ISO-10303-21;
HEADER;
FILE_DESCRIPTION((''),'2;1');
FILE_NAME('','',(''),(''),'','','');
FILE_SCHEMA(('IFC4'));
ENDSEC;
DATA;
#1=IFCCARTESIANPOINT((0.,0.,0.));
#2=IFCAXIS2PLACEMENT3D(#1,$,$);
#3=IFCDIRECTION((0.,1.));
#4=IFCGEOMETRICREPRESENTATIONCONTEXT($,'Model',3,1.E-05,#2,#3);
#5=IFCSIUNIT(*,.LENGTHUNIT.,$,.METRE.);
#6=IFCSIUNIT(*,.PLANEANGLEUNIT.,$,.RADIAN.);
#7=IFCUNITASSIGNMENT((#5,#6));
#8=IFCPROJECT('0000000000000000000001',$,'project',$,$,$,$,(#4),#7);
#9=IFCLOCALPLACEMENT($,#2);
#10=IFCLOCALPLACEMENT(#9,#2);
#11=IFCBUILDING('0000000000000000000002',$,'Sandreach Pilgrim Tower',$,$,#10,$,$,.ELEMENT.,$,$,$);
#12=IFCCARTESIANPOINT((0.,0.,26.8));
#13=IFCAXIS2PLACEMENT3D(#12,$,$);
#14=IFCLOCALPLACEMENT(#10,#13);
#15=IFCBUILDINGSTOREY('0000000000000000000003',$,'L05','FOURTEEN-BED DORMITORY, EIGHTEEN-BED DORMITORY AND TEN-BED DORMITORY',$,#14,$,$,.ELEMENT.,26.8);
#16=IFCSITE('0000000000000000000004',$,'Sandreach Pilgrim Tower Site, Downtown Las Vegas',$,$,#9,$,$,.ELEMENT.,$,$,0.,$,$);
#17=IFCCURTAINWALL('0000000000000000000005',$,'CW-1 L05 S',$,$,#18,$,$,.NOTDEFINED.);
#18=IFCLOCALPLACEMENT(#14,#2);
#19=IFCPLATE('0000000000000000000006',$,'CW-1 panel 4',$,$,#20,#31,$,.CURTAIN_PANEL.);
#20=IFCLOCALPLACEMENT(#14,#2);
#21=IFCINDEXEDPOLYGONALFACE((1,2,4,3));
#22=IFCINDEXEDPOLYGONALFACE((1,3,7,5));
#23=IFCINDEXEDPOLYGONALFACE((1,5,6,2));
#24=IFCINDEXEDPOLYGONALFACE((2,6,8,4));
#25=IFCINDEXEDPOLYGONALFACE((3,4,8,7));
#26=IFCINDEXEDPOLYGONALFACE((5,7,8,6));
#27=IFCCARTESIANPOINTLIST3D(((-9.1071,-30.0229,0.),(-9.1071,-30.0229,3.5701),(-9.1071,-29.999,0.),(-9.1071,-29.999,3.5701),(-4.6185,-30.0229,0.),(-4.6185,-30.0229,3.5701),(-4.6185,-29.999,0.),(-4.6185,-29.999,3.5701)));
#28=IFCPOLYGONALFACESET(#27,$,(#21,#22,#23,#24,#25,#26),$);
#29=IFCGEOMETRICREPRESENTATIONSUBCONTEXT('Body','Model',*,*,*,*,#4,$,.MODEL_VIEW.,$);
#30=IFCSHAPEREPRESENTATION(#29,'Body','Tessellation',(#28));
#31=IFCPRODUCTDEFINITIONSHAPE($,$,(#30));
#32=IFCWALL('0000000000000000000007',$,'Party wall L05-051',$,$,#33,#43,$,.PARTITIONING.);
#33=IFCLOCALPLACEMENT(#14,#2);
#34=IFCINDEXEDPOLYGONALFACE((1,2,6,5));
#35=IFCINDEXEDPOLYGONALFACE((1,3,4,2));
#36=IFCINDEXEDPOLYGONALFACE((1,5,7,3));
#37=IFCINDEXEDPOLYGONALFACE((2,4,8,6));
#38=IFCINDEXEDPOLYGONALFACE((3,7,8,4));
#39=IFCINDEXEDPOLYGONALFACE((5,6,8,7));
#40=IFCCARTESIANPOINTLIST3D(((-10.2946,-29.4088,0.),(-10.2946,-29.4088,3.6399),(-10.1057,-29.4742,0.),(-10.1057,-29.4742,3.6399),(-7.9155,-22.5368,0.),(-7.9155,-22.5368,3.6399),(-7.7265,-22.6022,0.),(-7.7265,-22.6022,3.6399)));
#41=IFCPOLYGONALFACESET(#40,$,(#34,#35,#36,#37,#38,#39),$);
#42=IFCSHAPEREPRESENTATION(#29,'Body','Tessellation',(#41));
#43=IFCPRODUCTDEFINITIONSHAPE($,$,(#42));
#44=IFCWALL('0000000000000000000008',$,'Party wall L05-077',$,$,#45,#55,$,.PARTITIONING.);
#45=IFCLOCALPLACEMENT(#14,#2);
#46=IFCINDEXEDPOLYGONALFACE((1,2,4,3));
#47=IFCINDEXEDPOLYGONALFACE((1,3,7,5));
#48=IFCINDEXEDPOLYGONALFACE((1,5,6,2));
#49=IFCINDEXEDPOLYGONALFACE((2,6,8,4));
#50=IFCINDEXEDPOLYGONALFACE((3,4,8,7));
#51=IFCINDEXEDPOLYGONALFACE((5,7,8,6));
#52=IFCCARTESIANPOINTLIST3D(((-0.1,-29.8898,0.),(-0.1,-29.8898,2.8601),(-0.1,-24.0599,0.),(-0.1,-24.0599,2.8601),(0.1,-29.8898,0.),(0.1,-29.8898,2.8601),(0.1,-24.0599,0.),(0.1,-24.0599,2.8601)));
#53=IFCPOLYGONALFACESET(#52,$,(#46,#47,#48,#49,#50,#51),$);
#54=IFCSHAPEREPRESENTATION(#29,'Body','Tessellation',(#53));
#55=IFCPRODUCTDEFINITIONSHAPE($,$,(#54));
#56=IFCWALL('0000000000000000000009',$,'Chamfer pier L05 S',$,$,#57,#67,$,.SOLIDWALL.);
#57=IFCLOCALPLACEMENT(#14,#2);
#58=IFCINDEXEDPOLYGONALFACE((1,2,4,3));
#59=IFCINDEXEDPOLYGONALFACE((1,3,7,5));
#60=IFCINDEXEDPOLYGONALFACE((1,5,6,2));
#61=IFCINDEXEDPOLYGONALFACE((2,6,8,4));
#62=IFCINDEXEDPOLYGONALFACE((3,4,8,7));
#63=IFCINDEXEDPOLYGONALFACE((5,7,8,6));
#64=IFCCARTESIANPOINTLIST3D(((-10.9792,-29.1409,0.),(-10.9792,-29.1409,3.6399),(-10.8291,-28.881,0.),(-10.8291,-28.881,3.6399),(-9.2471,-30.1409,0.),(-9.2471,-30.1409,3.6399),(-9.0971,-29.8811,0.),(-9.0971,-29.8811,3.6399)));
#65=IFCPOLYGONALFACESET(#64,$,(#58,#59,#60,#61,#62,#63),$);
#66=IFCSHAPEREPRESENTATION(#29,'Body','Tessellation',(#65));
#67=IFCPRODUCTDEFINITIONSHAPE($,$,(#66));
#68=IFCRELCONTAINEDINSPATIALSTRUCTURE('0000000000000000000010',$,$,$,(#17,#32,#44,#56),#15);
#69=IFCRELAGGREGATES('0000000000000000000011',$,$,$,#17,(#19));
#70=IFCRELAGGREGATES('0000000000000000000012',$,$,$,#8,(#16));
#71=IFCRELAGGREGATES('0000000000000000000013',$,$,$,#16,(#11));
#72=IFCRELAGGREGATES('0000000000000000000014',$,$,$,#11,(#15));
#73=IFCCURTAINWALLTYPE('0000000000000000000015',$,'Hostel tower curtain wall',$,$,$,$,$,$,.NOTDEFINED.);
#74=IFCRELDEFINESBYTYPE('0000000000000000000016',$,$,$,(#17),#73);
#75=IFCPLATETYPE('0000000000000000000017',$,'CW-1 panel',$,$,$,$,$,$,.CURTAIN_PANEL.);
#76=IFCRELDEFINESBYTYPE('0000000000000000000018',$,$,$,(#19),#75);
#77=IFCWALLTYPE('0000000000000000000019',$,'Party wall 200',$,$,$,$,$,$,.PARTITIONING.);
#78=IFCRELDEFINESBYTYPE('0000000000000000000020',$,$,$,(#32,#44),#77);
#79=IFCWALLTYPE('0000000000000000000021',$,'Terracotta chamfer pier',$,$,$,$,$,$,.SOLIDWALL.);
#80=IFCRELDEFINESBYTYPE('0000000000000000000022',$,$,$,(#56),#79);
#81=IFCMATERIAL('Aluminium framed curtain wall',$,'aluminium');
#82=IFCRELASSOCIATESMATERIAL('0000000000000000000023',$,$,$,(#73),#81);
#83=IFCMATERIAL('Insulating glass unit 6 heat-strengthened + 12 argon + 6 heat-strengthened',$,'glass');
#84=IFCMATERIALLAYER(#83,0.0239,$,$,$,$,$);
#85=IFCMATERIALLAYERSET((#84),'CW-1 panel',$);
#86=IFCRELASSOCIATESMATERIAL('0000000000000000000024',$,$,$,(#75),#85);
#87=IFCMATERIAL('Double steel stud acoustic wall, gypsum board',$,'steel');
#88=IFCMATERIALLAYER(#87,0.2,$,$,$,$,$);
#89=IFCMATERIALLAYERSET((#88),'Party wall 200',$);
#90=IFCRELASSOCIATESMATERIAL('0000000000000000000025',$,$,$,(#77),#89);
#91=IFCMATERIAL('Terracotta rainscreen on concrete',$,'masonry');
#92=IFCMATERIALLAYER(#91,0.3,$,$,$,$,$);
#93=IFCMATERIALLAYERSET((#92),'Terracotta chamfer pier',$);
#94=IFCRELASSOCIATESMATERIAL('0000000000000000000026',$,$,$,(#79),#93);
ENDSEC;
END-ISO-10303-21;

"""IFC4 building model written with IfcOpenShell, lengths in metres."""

from ifc_helpers import new_model, si_unit, direction, frame, frame_2d, origin, origin_2d, place, context, subcontext, project, spatial, rectangle, extrude, material, layer, layer_set, type_object, element, aggregate, save


model = new_model("IFC4")

# Units and contexts
model_context = context("Model", 3, precision=1e-05, world=origin(), true_north=direction((0.0, 1.0)))
body_context = subcontext(model_context, "Body", "Model", "MODEL_VIEW")
ifc_project = project(units=[si_unit("LENGTHUNIT", "METRE"), si_unit("PLANEANGLEUNIT", "RADIAN")], contexts=[model_context])

# Site, building, storey
site_placement = place(None, origin())
site = spatial("IfcSite", under=ifc_project, at=site_placement, Name="Sandreach Pilgrim Tower Site, Downtown Las Vegas", CompositionType="ELEMENT", RefElevation=0.0)
building_placement = place(site_placement, origin())
building = spatial("IfcBuilding", under=site, at=building_placement, Name="Sandreach Pilgrim Tower", CompositionType="ELEMENT")
storey_placement = place(building_placement, frame((0.0, 0.0, 26.8)))
storey = spatial("IfcBuildingStorey", under=building, at=storey_placement, Name="L05", Description="FOURTEEN-BED DORMITORY, EIGHTEEN-BED DORMITORY AND TEN-BED DORMITORY", CompositionType="ELEMENT", Elevation=26.8)

# Curtain wall
ifc_material_1 = material(Name="Aluminium framed curtain wall", Category="aluminium")
curtain_wall_type = type_object("IfcCurtainWallType", Name="Hostel tower curtain wall", PredefinedType="NOTDEFINED", material=ifc_material_1)
curtain_wall_placement = place(storey_placement, origin())
curtain_wall = element("IfcCurtainWall", 1, at=curtain_wall_placement, inside=storey, type_object=curtain_wall_type, Name="CW-1 L05 S", PredefinedType="NOTDEFINED")

# Plate
ifc_material_2 = material(Name="Insulating glass unit 6 heat-strengthened + 12 argon + 6 heat-strengthened", Category="glass")
ifc_layer_1 = layer(ifc_material_2, 0.0239)
ifc_layer_set_1 = layer_set([ifc_layer_1], Name="CW-1 panel")
plate_type = type_object("IfcPlateType", Name="CW-1 panel", PredefinedType="CURTAIN_PANEL", material=ifc_layer_set_1)
plate_1_placement = place(storey_placement, frame((-6.8628, -30.011, 0.0), z_axis=(0.0, 0.0, 1.0), x_axis=(-1.0, 0.0, 0.0)))
plate_1 = element("IfcPlate", 2, at=plate_1_placement, type_object=plate_type, Name="CW-1 panel 4", PredefinedType="CURTAIN_PANEL", context=body_context, shape_type="SweptSolid", body=[
    extrude(rectangle(XDim=4.4885, YDim=0.0239, at=origin_2d()), origin(), (0.0, 0.0, 1.0), 3.5701),
])
aggregate(curtain_wall, [plate_1])

# Walls
ifc_material_3 = material(Name="Double steel stud acoustic wall, gypsum board", Category="steel")
ifc_layer_2 = layer(ifc_material_3, 0.2)
ifc_layer_set_2 = layer_set([ifc_layer_2], Name="Party wall 200")
wall_type_1 = type_object("IfcWallType", Name="Party wall 200", PredefinedType="PARTITIONING", material=ifc_layer_set_2)
wall_1_placement = place(storey_placement, frame((-10.2002, -29.4417, 0.0), z_axis=(0.0, 0.0, 1.0), x_axis=(0.327154, 0.944971, 0.0)))
element("IfcWall", 3, at=wall_1_placement, inside=storey, type_object=wall_type_1, Name="Party wall L05-051", PredefinedType="PARTITIONING", context=body_context, shape_type="SweptSolid", body=[
    extrude(rectangle(XDim=7.2722, YDim=0.2, at=frame_2d((3.6362, 0.0))), origin(), (0.0, 0.0, 1.0), 3.6399),
])
wall_2_placement = place(storey_placement, frame((0.0, -29.8899, 0.0), z_axis=(0.0, 0.0, 1.0), x_axis=(0.0, 1.0, 0.0)))
element("IfcWall", 4, at=wall_2_placement, inside=storey, type_object=wall_type_1, Name="Party wall L05-077", PredefinedType="PARTITIONING", context=body_context, shape_type="SweptSolid", body=[
    extrude(rectangle(XDim=5.8298, YDim=0.2, at=frame_2d((2.915, 0.0))), origin(), (0.0, 0.0, 1.0), 2.8601),
])
ifc_material_4 = material(Name="Terracotta rainscreen on concrete", Category="masonry")
ifc_layer_3 = layer(ifc_material_4, 0.3)
ifc_layer_set_3 = layer_set([ifc_layer_3], Name="Terracotta chamfer pier")
wall_type_2 = type_object("IfcWallType", Name="Terracotta chamfer pier", PredefinedType="SOLIDWALL", material=ifc_layer_set_3)
wall_3_placement = place(storey_placement, frame((-9.1721, -30.011, 0.0), z_axis=(0.0, 0.0, 1.0), x_axis=(-0.866011, 0.500025, 0.0)))
element("IfcWall", 5, at=wall_3_placement, inside=storey, type_object=wall_type_2, Name="Chamfer pier L05 S", PredefinedType="SOLIDWALL", context=body_context, shape_type="SweptSolid", body=[
    extrude(rectangle(XDim=2.0, YDim=0.3, at=frame_2d((1.0, 0.0))), origin(), (0.0, 0.0, 1.0), 3.6399),
])

save(model, "model.ifc")
